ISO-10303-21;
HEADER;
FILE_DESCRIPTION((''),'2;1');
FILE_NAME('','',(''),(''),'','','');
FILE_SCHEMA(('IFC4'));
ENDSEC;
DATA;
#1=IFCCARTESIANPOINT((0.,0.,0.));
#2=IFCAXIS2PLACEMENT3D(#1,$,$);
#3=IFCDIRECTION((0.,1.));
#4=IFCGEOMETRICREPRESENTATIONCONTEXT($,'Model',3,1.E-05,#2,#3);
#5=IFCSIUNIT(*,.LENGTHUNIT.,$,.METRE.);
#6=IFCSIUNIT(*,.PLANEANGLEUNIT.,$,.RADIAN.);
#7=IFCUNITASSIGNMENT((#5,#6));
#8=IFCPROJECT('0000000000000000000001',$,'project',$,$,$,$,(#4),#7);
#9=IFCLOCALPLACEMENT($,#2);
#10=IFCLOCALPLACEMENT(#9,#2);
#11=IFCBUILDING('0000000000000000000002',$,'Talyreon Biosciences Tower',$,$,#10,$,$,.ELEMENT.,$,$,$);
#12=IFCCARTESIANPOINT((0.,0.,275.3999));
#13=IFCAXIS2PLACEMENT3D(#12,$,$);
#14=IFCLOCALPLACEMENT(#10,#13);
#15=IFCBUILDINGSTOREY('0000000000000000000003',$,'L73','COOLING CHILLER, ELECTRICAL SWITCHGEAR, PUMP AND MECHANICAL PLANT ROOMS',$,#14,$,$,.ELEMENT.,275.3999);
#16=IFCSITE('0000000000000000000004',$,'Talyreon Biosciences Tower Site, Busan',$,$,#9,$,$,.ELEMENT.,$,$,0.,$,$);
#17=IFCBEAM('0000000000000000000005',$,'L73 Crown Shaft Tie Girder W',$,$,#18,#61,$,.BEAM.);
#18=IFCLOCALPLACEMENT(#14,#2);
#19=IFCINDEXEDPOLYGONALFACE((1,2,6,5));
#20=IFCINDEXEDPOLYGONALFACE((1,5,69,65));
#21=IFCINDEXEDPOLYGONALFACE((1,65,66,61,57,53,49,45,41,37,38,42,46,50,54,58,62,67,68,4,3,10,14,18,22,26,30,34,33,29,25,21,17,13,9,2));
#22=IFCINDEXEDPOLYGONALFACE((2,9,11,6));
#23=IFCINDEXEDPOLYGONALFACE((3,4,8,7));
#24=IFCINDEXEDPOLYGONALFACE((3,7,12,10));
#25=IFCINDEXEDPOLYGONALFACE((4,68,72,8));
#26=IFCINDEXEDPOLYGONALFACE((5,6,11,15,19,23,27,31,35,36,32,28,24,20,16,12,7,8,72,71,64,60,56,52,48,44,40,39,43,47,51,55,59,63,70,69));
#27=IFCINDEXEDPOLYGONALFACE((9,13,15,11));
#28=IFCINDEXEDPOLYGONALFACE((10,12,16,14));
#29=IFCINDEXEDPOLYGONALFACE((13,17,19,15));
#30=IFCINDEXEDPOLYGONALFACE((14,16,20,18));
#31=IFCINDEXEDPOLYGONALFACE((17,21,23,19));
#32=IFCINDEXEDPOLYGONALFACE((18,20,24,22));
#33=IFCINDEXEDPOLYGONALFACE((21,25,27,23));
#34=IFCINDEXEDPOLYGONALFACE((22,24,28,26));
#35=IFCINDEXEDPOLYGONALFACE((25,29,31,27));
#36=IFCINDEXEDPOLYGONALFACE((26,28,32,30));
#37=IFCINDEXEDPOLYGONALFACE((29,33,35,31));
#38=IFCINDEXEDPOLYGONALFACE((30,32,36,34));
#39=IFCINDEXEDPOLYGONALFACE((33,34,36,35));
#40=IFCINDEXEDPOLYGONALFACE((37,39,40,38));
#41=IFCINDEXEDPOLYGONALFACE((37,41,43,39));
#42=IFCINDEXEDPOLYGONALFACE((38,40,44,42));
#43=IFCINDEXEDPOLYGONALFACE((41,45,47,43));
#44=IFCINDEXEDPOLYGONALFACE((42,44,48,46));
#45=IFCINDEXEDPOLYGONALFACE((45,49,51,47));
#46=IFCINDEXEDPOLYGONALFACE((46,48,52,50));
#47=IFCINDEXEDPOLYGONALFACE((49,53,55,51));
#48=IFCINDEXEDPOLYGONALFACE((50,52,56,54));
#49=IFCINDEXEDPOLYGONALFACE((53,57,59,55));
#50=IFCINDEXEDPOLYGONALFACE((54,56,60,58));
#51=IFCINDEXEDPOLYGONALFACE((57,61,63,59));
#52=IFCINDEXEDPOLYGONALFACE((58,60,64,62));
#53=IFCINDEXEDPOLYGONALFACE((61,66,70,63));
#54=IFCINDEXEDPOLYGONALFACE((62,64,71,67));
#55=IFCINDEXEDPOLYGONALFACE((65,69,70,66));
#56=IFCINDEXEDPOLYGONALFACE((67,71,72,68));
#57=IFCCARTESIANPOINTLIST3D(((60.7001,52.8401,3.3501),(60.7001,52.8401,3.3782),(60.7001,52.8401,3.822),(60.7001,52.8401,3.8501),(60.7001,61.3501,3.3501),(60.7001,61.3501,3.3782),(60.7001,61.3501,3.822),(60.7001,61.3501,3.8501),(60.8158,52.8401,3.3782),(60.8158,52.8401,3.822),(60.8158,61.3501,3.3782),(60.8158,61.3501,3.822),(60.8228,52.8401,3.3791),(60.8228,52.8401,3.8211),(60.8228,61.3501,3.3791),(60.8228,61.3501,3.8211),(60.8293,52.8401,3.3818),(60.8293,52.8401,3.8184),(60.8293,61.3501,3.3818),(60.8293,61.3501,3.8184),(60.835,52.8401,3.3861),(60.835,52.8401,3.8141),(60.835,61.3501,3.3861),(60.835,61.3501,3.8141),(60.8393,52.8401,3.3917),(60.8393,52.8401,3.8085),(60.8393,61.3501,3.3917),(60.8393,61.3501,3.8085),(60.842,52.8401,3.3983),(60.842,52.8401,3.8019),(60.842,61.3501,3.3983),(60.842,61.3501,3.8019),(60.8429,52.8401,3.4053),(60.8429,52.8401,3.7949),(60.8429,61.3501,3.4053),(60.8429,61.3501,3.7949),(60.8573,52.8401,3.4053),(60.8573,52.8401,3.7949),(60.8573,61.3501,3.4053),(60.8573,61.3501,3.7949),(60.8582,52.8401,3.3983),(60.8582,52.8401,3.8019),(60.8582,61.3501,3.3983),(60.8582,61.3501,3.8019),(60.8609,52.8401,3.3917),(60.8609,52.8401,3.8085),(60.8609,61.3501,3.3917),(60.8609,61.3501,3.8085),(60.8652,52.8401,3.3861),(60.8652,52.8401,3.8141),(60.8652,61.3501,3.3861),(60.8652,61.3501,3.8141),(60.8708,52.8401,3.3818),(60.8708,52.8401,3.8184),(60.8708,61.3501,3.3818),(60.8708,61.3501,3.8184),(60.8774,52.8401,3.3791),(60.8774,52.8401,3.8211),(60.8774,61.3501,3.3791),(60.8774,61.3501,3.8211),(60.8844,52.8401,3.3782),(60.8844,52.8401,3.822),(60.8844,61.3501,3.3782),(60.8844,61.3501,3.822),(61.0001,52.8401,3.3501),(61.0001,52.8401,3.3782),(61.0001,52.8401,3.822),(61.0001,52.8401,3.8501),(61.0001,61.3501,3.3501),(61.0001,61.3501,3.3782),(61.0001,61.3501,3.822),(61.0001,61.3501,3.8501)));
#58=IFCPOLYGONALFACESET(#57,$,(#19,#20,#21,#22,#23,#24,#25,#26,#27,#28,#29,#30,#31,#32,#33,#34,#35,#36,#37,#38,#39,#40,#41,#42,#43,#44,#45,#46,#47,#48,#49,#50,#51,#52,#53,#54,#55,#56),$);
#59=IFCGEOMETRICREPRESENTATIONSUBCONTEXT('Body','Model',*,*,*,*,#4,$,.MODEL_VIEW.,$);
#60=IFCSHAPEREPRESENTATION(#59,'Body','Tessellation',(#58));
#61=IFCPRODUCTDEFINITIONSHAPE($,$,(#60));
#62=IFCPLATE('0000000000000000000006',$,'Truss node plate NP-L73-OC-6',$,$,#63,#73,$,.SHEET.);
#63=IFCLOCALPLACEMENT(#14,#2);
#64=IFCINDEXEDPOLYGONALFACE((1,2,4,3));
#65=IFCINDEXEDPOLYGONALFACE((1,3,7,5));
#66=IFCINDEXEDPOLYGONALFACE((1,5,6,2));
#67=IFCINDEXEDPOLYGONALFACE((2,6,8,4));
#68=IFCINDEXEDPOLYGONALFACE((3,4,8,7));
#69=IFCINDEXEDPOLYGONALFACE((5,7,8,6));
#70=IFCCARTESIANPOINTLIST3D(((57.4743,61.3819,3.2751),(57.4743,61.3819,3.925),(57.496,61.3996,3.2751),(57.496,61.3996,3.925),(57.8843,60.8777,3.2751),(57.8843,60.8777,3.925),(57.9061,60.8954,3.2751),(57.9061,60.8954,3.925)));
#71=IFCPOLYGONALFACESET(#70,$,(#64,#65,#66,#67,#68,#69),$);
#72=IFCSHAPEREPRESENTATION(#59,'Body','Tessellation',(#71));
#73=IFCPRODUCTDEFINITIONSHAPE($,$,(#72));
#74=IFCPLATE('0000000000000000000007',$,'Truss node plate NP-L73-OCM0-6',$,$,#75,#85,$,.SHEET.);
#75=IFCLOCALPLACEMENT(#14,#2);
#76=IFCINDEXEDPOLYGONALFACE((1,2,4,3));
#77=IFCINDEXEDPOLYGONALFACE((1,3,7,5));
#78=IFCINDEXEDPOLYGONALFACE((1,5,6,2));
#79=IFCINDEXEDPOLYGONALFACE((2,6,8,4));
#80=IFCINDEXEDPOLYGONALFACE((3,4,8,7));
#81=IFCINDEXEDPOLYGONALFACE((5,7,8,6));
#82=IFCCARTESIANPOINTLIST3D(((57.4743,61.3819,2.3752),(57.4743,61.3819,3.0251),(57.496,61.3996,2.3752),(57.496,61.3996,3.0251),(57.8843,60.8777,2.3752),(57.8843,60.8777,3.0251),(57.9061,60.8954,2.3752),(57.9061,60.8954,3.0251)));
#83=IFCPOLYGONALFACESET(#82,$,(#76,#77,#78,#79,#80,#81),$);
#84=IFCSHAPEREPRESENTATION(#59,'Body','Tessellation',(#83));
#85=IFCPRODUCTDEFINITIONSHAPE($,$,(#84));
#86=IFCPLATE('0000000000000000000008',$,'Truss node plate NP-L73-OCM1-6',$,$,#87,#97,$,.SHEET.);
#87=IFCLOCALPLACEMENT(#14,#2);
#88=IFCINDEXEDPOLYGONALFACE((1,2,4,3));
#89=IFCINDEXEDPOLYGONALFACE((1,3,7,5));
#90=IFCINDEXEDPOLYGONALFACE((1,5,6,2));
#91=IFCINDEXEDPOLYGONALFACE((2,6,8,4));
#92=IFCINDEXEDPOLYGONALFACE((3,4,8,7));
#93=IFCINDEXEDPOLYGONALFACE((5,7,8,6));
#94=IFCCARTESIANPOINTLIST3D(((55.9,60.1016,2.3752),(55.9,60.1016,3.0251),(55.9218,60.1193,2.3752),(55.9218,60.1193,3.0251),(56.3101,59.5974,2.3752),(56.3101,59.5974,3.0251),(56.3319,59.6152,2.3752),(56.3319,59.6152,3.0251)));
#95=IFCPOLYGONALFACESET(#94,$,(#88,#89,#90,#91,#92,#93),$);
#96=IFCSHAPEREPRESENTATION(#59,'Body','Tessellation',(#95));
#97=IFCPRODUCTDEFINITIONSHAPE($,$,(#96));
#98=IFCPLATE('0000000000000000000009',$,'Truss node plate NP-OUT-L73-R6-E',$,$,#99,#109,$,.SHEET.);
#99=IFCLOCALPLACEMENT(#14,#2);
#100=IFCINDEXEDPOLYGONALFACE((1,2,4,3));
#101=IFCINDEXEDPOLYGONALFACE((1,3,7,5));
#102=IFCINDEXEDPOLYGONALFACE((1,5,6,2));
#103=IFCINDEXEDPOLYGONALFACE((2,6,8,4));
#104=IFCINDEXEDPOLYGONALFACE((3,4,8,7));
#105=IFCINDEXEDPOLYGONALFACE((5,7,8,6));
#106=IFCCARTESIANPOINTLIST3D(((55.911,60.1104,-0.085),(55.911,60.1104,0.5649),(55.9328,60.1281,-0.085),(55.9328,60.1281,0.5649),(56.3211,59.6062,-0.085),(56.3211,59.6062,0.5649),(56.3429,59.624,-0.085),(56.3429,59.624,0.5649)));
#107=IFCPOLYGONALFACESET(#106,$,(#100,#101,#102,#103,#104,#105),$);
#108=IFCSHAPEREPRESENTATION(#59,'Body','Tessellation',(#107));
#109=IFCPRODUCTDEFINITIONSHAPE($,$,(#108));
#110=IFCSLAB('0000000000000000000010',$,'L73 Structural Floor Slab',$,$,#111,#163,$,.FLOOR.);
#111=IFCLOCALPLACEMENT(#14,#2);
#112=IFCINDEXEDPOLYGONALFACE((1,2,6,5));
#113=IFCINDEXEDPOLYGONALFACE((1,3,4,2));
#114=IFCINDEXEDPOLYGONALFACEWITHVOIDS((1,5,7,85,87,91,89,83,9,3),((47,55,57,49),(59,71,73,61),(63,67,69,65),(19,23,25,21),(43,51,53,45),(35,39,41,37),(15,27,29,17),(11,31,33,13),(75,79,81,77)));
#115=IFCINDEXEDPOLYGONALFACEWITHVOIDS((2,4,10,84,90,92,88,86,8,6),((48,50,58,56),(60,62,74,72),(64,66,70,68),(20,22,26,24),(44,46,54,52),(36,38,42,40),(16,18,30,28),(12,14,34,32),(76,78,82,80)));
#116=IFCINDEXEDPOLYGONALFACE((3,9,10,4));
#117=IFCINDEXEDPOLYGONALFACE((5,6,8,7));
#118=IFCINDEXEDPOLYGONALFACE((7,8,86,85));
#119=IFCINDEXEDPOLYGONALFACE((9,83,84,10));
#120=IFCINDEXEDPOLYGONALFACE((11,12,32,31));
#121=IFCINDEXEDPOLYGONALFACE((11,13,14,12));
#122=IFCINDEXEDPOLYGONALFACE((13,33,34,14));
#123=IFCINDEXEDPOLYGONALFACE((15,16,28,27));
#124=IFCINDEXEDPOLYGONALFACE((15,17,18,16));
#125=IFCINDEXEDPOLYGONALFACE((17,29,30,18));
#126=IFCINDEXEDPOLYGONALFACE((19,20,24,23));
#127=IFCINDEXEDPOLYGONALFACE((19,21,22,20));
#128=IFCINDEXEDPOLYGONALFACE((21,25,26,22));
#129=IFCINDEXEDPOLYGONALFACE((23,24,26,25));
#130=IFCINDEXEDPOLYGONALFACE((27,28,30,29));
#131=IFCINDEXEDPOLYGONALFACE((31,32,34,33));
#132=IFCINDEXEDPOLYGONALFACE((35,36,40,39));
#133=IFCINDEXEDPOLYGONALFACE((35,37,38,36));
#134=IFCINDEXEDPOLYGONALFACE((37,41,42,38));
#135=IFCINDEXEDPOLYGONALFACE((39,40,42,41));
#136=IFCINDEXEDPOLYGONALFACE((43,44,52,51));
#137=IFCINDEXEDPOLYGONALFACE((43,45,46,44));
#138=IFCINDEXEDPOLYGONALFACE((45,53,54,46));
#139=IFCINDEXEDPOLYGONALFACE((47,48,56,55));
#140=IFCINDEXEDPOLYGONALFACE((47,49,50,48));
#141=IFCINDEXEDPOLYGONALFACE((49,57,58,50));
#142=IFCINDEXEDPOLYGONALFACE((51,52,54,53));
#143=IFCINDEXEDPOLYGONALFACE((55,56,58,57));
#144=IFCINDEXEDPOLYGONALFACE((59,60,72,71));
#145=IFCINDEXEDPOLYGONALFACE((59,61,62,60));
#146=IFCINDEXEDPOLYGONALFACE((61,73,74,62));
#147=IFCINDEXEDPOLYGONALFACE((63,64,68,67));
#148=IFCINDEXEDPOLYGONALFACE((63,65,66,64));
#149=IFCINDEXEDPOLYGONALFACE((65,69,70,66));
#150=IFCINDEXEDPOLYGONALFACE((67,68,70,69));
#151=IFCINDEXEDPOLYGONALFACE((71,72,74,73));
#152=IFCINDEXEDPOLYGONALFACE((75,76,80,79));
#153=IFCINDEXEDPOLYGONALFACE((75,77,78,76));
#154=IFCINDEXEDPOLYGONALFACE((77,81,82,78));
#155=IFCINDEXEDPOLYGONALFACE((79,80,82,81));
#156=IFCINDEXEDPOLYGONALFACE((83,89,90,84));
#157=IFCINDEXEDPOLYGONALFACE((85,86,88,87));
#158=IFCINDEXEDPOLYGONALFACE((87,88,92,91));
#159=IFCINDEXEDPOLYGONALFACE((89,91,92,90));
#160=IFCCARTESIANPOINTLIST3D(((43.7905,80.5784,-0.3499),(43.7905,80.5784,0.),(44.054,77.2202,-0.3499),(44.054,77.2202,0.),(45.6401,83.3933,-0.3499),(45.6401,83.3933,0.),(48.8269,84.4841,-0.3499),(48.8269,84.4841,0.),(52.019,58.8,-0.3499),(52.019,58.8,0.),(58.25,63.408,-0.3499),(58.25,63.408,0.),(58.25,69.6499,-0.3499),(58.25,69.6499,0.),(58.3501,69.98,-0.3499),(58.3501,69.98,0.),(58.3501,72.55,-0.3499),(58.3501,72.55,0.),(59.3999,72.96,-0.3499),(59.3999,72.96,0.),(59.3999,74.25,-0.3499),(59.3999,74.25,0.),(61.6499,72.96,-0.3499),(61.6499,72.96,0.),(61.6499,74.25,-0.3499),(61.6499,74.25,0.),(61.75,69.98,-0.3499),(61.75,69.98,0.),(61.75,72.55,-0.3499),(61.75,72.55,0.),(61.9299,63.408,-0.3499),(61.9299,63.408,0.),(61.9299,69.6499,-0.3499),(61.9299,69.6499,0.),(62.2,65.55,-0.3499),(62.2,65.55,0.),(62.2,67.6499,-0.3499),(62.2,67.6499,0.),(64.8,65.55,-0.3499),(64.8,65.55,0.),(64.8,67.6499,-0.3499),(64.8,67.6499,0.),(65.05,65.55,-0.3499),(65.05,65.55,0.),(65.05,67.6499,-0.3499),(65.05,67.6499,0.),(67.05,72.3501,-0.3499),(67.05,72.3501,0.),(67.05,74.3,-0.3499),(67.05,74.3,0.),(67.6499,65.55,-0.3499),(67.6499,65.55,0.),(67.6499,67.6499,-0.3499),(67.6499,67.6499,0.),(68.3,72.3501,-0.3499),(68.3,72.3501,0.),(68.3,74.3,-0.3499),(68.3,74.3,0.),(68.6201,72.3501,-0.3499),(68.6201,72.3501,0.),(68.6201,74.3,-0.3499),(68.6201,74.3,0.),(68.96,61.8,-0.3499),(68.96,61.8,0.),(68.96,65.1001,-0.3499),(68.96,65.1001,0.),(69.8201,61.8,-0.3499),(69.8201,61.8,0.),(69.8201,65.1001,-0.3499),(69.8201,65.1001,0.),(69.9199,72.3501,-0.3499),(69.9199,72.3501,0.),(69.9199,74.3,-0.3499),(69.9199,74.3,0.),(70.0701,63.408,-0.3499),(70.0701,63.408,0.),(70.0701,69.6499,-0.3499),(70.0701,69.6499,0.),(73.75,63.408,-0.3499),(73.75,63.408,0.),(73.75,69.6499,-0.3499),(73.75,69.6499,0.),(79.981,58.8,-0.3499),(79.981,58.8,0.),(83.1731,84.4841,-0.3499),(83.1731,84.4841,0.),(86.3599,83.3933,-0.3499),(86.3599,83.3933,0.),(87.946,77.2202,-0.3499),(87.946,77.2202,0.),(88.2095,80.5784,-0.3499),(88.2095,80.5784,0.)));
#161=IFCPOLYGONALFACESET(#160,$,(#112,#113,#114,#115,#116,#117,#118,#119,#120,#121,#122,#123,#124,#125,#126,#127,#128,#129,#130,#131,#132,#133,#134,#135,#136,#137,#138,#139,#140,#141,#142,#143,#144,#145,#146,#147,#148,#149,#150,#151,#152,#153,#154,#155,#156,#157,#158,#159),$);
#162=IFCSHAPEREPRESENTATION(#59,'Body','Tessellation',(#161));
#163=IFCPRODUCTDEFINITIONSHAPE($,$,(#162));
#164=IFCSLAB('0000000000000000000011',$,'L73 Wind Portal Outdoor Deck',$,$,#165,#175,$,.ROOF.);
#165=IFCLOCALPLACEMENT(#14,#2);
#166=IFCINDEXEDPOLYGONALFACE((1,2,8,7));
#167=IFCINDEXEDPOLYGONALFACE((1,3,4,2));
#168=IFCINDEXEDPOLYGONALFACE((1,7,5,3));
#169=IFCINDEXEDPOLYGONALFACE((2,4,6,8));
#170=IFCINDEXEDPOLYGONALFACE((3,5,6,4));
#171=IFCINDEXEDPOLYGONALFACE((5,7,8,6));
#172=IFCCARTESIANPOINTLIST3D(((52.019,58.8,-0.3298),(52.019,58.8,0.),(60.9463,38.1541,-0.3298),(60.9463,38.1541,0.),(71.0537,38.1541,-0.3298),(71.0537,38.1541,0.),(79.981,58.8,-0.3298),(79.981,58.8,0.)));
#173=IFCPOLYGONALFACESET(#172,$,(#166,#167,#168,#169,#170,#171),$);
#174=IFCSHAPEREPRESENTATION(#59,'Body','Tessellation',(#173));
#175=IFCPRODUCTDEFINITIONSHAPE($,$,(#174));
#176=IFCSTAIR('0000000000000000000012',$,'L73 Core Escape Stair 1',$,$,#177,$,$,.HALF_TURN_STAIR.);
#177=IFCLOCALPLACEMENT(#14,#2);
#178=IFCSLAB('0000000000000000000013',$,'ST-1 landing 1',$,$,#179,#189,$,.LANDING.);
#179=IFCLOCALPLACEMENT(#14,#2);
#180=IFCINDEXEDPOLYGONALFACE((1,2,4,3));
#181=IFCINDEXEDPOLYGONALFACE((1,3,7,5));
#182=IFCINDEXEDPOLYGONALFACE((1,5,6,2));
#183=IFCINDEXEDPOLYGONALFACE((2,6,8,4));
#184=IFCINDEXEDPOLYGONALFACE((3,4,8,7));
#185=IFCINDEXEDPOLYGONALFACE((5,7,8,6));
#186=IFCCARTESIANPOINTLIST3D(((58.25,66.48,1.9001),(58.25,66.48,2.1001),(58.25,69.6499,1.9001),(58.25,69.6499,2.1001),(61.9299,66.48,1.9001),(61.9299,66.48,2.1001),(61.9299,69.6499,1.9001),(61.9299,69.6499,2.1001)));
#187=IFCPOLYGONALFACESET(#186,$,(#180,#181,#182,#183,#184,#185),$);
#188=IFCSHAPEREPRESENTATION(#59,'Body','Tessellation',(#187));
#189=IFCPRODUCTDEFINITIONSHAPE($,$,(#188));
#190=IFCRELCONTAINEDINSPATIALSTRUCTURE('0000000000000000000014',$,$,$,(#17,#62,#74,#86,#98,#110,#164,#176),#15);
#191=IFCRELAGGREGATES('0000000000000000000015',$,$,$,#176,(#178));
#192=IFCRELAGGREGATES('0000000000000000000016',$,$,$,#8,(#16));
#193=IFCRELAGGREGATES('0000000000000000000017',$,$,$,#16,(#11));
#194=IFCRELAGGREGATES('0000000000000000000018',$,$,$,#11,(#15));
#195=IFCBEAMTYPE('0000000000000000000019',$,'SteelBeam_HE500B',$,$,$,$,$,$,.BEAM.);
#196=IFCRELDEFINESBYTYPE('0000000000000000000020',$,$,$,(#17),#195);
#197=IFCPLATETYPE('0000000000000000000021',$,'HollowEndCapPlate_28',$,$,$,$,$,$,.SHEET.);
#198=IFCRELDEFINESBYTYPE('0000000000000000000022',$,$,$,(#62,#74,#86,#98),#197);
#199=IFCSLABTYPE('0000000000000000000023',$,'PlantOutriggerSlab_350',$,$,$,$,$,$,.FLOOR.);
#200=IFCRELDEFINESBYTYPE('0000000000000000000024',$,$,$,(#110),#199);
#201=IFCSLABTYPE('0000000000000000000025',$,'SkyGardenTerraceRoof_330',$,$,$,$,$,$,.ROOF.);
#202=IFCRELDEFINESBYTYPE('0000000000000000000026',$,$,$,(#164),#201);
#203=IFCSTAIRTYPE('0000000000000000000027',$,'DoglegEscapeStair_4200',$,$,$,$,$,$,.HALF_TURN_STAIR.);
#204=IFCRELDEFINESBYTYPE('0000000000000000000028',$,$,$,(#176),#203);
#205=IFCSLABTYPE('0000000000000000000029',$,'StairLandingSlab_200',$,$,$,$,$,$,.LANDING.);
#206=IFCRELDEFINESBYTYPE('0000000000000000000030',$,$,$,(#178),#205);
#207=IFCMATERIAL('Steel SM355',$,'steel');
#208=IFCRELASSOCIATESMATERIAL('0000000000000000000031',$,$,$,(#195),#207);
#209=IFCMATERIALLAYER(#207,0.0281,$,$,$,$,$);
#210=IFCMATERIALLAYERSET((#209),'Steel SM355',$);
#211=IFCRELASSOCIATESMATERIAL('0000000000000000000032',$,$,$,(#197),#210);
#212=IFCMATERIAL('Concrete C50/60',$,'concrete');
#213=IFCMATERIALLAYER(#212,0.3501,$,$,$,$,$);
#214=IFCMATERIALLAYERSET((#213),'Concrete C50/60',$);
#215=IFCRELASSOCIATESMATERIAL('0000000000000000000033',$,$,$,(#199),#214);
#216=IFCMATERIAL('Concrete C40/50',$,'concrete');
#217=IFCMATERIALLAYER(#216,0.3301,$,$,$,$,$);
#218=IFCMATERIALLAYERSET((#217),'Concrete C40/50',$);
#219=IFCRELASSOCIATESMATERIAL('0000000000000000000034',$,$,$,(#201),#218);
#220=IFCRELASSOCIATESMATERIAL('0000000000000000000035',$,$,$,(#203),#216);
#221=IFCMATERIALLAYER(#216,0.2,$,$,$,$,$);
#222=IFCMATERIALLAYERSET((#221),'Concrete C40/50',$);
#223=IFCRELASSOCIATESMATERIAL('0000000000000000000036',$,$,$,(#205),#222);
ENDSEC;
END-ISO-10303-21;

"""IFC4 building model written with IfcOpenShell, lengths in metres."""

from ifc_helpers import new_model, si_unit, direction, frame, origin, origin_2d, place, context, subcontext, project, spatial, polyline, rectangle, i_section, outline, extrude, material, layer, layer_set, material_profile, profile_set, type_object, element, aggregate, save


model = new_model("IFC4")

# Units and contexts
model_context = context("Model", 3, precision=1e-05, world=origin(), true_north=direction((0.0, 1.0)))
body_context = subcontext(model_context, "Body", "Model", "MODEL_VIEW")
ifc_project = project(units=[si_unit("LENGTHUNIT", "METRE"), si_unit("PLANEANGLEUNIT", "RADIAN")], contexts=[model_context])

# Site, building, storey
site_placement = place(None, origin())
site = spatial("IfcSite", under=ifc_project, at=site_placement, Name="Talyreon Biosciences Tower Site, Busan", CompositionType="ELEMENT", RefElevation=0.0)
building_placement = place(site_placement, origin())
building = spatial("IfcBuilding", under=site, at=building_placement, Name="Talyreon Biosciences Tower", CompositionType="ELEMENT")
storey_placement = place(building_placement, frame((0.0, 0.0, 275.3999)))
storey = spatial("IfcBuildingStorey", under=building, at=storey_placement, Name="L73", Description="COOLING CHILLER, ELECTRICAL SWITCHGEAR, PUMP AND MECHANICAL PLANT ROOMS", CompositionType="ELEMENT", Elevation=275.3999)

# Shared definitions
ifc_material_1 = material(Name="Concrete C50/60", Category="concrete")

# Shared definitions
ifc_material_2 = material(Name="Steel SM355", Category="steel")

# Beam
ifc_material_profile_1 = material_profile(ifc_material_2, i_section(OverallWidth=0.3, OverallDepth=0.5, WebThickness=0.0144, FlangeThickness=0.0281, FilletRadius=0.0271, at=origin_2d()), Name="HE500B")
ifc_profile_set_1 = profile_set([ifc_material_profile_1], Name="Steel SM355")
beam_type = type_object("IfcBeamType", Name="SteelBeam_HE500B", PredefinedType="BEAM", material=ifc_profile_set_1)
beam_1_placement = place(storey_placement, frame((60.8501, 52.8401, 3.6001), z_axis=(0.0, 1.0, 0.0), x_axis=(-1.0, 0.0, 0.0)))
element("IfcBeam", 1, at=beam_1_placement, inside=storey, type_object=beam_type, Name="L73 Crown Shaft Tie Girder W", PredefinedType="BEAM", context=body_context, shape_type="SweptSolid", body=[
    extrude(i_section(OverallWidth=0.3, OverallDepth=0.5, WebThickness=0.0144, FlangeThickness=0.0281, FilletRadius=0.0271, at=origin_2d()), origin(), (0.0, 0.0, 1.0), 8.51),
])

# Plates
ifc_layer_1 = layer(ifc_material_2, 0.0281)
ifc_layer_set_1 = layer_set([ifc_layer_1], Name="Steel SM355")
plate_type_1 = type_object("IfcPlateType", Name="HollowEndCapPlate_28", PredefinedType="SHEET", material=ifc_layer_set_1)
for number, where, z_axis, x_axis, name in (
    (2, (57.6902, 61.1387, 3.2751), (0.0, 0.0, 1.0), (0.631001, -0.775782, 0.0), "Truss node plate NP-L73-OC-6"),
    (3, (57.6902, 61.1387, 2.3752), (0.0, 0.0, 1.0), (0.631001, -0.775782, 0.0), "Truss node plate NP-L73-OCM0-6"),
    (4, (56.116, 59.8584, 2.3752), (0.0, 0.0, 1.0), (0.631001, -0.775782, 0.0), "Truss node plate NP-L73-OCM1-6"),
    (5, (56.127, 59.8672, -0.085), (0.0, 0.0, 1.0), (0.630987, -0.775793, 0.0), "Truss node plate NP-OUT-L73-R6-E"),
):
    element("IfcPlate", number, at=place(storey_placement, frame(where, z_axis=z_axis, x_axis=x_axis)), inside=storey, type_object=plate_type_1, Name=name, PredefinedType="SHEET", context=body_context, shape_type="SweptSolid", body=[
        extrude(rectangle(XDim=0.6499, YDim=0.0281, at=origin_2d()), origin(), (0.0, 0.0, 1.0), 0.6499),
    ])

# Slabs
ifc_layer_2 = layer(ifc_material_1, 0.3501)
ifc_layer_set_2 = layer_set([ifc_layer_2], Name="Concrete C50/60")
slab_type_1 = type_object("IfcSlabType", Name="PlantOutriggerSlab_350", PredefinedType="FLOOR", material=ifc_layer_set_2)
slab_1_placement = place(storey_placement, frame((0.0, 0.0, -0.3499)))
element("IfcSlab", 6, at=slab_1_placement, inside=storey, type_object=slab_type_1, Name="L73 Structural Floor Slab", PredefinedType="FLOOR", context=body_context, shape_type="SweptSolid", body=[
    extrude(outline(polyline([(44.054, 77.2202), (43.7905, 80.5784), (45.6401, 83.3933), (48.8269, 84.4841), (83.1731, 84.4841), (86.3599, 83.3933), (88.2095, 80.5784), (87.946, 77.2202), (79.981, 58.8), (52.019, 58.8), (44.054, 77.2202)]), holes=[polyline([(69.8201, 65.1001), (69.8201, 61.8), (68.96, 61.8), (68.96, 65.1001), (69.8201, 65.1001)]), polyline([(61.9299, 69.6499), (61.9299, 63.408), (58.25, 63.408), (58.25, 69.6499), (61.9299, 69.6499)]), polyline([(73.75, 69.6499), (73.75, 63.408), (70.0701, 63.408), (70.0701, 69.6499), (73.75, 69.6499)]), polyline([(64.8, 67.6499), (64.8, 65.55), (62.2, 65.55), (62.2, 67.6499), (64.8, 67.6499)]), polyline([(67.6499, 67.6499), (67.6499, 65.55), (65.05, 65.55), (65.05, 67.6499), (67.6499, 67.6499)]), polyline([(61.75, 72.55), (61.75, 69.98), (58.3501, 69.98), (58.3501, 72.55), (61.75, 72.55)]), polyline([(68.3, 74.3), (68.3, 72.3501), (67.05, 72.3501), (67.05, 74.3), (68.3, 74.3)]), polyline([(69.9199, 72.3501), (68.6201, 72.3501), (68.6201, 74.3), (69.9199, 74.3), (69.9199, 72.3501)]), polyline([(61.6499, 72.96), (59.3999, 72.96), (59.3999, 74.25), (61.6499, 74.25), (61.6499, 72.96)])]), origin(), (0.0, 0.0, 1.0), 0.3499),
])
ifc_material_3 = material(Name="Concrete C40/50", Category="concrete")
ifc_layer_3 = layer(ifc_material_3, 0.3301)
ifc_layer_set_3 = layer_set([ifc_layer_3], Name="Concrete C40/50")
slab_type_2 = type_object("IfcSlabType", Name="SkyGardenTerraceRoof_330", PredefinedType="ROOF", material=ifc_layer_set_3)
slab_2_placement = place(storey_placement, frame((0.0, 0.0, -0.3298)))
element("IfcSlab", 7, at=slab_2_placement, inside=storey, type_object=slab_type_2, Name="L73 Wind Portal Outdoor Deck", PredefinedType="ROOF", context=body_context, shape_type="SweptSolid", body=[
    extrude(outline(polyline([(52.019, 58.8), (79.981, 58.8), (71.0537, 38.1541), (60.9463, 38.1541), (52.019, 58.8)])), origin(), (0.0, 0.0, 1.0), 0.3298),
])

# Stair, slab
stair_type = type_object("IfcStairType", Name="DoglegEscapeStair_4200", PredefinedType="HALF_TURN_STAIR", material=ifc_material_3)
stair_1_placement = place(storey_placement, origin())
stair_1 = element("IfcStair", 8, at=stair_1_placement, inside=storey, type_object=stair_type, Name="L73 Core Escape Stair 1", PredefinedType="HALF_TURN_STAIR")
ifc_layer_4 = layer(ifc_material_3, 0.2)
ifc_layer_set_4 = layer_set([ifc_layer_4], Name="Concrete C40/50")
slab_type_3 = type_object("IfcSlabType", Name="StairLandingSlab_200", PredefinedType="LANDING", material=ifc_layer_set_4)
slab_3_placement = place(storey_placement, frame((0.0, 0.0, 1.9001)))
slab_3 = element("IfcSlab", 9, at=slab_3_placement, type_object=slab_type_3, Name="ST-1 landing 1", PredefinedType="LANDING", context=body_context, shape_type="SweptSolid", body=[
    extrude(outline(polyline([(61.9299, 66.48), (61.9299, 69.6499), (58.25, 69.6499), (58.25, 66.48), (61.9299, 66.48)])), origin(), (0.0, 0.0, 1.0), 0.2),
])
aggregate(stair_1, [slab_3])

save(model, "model.ifc")
